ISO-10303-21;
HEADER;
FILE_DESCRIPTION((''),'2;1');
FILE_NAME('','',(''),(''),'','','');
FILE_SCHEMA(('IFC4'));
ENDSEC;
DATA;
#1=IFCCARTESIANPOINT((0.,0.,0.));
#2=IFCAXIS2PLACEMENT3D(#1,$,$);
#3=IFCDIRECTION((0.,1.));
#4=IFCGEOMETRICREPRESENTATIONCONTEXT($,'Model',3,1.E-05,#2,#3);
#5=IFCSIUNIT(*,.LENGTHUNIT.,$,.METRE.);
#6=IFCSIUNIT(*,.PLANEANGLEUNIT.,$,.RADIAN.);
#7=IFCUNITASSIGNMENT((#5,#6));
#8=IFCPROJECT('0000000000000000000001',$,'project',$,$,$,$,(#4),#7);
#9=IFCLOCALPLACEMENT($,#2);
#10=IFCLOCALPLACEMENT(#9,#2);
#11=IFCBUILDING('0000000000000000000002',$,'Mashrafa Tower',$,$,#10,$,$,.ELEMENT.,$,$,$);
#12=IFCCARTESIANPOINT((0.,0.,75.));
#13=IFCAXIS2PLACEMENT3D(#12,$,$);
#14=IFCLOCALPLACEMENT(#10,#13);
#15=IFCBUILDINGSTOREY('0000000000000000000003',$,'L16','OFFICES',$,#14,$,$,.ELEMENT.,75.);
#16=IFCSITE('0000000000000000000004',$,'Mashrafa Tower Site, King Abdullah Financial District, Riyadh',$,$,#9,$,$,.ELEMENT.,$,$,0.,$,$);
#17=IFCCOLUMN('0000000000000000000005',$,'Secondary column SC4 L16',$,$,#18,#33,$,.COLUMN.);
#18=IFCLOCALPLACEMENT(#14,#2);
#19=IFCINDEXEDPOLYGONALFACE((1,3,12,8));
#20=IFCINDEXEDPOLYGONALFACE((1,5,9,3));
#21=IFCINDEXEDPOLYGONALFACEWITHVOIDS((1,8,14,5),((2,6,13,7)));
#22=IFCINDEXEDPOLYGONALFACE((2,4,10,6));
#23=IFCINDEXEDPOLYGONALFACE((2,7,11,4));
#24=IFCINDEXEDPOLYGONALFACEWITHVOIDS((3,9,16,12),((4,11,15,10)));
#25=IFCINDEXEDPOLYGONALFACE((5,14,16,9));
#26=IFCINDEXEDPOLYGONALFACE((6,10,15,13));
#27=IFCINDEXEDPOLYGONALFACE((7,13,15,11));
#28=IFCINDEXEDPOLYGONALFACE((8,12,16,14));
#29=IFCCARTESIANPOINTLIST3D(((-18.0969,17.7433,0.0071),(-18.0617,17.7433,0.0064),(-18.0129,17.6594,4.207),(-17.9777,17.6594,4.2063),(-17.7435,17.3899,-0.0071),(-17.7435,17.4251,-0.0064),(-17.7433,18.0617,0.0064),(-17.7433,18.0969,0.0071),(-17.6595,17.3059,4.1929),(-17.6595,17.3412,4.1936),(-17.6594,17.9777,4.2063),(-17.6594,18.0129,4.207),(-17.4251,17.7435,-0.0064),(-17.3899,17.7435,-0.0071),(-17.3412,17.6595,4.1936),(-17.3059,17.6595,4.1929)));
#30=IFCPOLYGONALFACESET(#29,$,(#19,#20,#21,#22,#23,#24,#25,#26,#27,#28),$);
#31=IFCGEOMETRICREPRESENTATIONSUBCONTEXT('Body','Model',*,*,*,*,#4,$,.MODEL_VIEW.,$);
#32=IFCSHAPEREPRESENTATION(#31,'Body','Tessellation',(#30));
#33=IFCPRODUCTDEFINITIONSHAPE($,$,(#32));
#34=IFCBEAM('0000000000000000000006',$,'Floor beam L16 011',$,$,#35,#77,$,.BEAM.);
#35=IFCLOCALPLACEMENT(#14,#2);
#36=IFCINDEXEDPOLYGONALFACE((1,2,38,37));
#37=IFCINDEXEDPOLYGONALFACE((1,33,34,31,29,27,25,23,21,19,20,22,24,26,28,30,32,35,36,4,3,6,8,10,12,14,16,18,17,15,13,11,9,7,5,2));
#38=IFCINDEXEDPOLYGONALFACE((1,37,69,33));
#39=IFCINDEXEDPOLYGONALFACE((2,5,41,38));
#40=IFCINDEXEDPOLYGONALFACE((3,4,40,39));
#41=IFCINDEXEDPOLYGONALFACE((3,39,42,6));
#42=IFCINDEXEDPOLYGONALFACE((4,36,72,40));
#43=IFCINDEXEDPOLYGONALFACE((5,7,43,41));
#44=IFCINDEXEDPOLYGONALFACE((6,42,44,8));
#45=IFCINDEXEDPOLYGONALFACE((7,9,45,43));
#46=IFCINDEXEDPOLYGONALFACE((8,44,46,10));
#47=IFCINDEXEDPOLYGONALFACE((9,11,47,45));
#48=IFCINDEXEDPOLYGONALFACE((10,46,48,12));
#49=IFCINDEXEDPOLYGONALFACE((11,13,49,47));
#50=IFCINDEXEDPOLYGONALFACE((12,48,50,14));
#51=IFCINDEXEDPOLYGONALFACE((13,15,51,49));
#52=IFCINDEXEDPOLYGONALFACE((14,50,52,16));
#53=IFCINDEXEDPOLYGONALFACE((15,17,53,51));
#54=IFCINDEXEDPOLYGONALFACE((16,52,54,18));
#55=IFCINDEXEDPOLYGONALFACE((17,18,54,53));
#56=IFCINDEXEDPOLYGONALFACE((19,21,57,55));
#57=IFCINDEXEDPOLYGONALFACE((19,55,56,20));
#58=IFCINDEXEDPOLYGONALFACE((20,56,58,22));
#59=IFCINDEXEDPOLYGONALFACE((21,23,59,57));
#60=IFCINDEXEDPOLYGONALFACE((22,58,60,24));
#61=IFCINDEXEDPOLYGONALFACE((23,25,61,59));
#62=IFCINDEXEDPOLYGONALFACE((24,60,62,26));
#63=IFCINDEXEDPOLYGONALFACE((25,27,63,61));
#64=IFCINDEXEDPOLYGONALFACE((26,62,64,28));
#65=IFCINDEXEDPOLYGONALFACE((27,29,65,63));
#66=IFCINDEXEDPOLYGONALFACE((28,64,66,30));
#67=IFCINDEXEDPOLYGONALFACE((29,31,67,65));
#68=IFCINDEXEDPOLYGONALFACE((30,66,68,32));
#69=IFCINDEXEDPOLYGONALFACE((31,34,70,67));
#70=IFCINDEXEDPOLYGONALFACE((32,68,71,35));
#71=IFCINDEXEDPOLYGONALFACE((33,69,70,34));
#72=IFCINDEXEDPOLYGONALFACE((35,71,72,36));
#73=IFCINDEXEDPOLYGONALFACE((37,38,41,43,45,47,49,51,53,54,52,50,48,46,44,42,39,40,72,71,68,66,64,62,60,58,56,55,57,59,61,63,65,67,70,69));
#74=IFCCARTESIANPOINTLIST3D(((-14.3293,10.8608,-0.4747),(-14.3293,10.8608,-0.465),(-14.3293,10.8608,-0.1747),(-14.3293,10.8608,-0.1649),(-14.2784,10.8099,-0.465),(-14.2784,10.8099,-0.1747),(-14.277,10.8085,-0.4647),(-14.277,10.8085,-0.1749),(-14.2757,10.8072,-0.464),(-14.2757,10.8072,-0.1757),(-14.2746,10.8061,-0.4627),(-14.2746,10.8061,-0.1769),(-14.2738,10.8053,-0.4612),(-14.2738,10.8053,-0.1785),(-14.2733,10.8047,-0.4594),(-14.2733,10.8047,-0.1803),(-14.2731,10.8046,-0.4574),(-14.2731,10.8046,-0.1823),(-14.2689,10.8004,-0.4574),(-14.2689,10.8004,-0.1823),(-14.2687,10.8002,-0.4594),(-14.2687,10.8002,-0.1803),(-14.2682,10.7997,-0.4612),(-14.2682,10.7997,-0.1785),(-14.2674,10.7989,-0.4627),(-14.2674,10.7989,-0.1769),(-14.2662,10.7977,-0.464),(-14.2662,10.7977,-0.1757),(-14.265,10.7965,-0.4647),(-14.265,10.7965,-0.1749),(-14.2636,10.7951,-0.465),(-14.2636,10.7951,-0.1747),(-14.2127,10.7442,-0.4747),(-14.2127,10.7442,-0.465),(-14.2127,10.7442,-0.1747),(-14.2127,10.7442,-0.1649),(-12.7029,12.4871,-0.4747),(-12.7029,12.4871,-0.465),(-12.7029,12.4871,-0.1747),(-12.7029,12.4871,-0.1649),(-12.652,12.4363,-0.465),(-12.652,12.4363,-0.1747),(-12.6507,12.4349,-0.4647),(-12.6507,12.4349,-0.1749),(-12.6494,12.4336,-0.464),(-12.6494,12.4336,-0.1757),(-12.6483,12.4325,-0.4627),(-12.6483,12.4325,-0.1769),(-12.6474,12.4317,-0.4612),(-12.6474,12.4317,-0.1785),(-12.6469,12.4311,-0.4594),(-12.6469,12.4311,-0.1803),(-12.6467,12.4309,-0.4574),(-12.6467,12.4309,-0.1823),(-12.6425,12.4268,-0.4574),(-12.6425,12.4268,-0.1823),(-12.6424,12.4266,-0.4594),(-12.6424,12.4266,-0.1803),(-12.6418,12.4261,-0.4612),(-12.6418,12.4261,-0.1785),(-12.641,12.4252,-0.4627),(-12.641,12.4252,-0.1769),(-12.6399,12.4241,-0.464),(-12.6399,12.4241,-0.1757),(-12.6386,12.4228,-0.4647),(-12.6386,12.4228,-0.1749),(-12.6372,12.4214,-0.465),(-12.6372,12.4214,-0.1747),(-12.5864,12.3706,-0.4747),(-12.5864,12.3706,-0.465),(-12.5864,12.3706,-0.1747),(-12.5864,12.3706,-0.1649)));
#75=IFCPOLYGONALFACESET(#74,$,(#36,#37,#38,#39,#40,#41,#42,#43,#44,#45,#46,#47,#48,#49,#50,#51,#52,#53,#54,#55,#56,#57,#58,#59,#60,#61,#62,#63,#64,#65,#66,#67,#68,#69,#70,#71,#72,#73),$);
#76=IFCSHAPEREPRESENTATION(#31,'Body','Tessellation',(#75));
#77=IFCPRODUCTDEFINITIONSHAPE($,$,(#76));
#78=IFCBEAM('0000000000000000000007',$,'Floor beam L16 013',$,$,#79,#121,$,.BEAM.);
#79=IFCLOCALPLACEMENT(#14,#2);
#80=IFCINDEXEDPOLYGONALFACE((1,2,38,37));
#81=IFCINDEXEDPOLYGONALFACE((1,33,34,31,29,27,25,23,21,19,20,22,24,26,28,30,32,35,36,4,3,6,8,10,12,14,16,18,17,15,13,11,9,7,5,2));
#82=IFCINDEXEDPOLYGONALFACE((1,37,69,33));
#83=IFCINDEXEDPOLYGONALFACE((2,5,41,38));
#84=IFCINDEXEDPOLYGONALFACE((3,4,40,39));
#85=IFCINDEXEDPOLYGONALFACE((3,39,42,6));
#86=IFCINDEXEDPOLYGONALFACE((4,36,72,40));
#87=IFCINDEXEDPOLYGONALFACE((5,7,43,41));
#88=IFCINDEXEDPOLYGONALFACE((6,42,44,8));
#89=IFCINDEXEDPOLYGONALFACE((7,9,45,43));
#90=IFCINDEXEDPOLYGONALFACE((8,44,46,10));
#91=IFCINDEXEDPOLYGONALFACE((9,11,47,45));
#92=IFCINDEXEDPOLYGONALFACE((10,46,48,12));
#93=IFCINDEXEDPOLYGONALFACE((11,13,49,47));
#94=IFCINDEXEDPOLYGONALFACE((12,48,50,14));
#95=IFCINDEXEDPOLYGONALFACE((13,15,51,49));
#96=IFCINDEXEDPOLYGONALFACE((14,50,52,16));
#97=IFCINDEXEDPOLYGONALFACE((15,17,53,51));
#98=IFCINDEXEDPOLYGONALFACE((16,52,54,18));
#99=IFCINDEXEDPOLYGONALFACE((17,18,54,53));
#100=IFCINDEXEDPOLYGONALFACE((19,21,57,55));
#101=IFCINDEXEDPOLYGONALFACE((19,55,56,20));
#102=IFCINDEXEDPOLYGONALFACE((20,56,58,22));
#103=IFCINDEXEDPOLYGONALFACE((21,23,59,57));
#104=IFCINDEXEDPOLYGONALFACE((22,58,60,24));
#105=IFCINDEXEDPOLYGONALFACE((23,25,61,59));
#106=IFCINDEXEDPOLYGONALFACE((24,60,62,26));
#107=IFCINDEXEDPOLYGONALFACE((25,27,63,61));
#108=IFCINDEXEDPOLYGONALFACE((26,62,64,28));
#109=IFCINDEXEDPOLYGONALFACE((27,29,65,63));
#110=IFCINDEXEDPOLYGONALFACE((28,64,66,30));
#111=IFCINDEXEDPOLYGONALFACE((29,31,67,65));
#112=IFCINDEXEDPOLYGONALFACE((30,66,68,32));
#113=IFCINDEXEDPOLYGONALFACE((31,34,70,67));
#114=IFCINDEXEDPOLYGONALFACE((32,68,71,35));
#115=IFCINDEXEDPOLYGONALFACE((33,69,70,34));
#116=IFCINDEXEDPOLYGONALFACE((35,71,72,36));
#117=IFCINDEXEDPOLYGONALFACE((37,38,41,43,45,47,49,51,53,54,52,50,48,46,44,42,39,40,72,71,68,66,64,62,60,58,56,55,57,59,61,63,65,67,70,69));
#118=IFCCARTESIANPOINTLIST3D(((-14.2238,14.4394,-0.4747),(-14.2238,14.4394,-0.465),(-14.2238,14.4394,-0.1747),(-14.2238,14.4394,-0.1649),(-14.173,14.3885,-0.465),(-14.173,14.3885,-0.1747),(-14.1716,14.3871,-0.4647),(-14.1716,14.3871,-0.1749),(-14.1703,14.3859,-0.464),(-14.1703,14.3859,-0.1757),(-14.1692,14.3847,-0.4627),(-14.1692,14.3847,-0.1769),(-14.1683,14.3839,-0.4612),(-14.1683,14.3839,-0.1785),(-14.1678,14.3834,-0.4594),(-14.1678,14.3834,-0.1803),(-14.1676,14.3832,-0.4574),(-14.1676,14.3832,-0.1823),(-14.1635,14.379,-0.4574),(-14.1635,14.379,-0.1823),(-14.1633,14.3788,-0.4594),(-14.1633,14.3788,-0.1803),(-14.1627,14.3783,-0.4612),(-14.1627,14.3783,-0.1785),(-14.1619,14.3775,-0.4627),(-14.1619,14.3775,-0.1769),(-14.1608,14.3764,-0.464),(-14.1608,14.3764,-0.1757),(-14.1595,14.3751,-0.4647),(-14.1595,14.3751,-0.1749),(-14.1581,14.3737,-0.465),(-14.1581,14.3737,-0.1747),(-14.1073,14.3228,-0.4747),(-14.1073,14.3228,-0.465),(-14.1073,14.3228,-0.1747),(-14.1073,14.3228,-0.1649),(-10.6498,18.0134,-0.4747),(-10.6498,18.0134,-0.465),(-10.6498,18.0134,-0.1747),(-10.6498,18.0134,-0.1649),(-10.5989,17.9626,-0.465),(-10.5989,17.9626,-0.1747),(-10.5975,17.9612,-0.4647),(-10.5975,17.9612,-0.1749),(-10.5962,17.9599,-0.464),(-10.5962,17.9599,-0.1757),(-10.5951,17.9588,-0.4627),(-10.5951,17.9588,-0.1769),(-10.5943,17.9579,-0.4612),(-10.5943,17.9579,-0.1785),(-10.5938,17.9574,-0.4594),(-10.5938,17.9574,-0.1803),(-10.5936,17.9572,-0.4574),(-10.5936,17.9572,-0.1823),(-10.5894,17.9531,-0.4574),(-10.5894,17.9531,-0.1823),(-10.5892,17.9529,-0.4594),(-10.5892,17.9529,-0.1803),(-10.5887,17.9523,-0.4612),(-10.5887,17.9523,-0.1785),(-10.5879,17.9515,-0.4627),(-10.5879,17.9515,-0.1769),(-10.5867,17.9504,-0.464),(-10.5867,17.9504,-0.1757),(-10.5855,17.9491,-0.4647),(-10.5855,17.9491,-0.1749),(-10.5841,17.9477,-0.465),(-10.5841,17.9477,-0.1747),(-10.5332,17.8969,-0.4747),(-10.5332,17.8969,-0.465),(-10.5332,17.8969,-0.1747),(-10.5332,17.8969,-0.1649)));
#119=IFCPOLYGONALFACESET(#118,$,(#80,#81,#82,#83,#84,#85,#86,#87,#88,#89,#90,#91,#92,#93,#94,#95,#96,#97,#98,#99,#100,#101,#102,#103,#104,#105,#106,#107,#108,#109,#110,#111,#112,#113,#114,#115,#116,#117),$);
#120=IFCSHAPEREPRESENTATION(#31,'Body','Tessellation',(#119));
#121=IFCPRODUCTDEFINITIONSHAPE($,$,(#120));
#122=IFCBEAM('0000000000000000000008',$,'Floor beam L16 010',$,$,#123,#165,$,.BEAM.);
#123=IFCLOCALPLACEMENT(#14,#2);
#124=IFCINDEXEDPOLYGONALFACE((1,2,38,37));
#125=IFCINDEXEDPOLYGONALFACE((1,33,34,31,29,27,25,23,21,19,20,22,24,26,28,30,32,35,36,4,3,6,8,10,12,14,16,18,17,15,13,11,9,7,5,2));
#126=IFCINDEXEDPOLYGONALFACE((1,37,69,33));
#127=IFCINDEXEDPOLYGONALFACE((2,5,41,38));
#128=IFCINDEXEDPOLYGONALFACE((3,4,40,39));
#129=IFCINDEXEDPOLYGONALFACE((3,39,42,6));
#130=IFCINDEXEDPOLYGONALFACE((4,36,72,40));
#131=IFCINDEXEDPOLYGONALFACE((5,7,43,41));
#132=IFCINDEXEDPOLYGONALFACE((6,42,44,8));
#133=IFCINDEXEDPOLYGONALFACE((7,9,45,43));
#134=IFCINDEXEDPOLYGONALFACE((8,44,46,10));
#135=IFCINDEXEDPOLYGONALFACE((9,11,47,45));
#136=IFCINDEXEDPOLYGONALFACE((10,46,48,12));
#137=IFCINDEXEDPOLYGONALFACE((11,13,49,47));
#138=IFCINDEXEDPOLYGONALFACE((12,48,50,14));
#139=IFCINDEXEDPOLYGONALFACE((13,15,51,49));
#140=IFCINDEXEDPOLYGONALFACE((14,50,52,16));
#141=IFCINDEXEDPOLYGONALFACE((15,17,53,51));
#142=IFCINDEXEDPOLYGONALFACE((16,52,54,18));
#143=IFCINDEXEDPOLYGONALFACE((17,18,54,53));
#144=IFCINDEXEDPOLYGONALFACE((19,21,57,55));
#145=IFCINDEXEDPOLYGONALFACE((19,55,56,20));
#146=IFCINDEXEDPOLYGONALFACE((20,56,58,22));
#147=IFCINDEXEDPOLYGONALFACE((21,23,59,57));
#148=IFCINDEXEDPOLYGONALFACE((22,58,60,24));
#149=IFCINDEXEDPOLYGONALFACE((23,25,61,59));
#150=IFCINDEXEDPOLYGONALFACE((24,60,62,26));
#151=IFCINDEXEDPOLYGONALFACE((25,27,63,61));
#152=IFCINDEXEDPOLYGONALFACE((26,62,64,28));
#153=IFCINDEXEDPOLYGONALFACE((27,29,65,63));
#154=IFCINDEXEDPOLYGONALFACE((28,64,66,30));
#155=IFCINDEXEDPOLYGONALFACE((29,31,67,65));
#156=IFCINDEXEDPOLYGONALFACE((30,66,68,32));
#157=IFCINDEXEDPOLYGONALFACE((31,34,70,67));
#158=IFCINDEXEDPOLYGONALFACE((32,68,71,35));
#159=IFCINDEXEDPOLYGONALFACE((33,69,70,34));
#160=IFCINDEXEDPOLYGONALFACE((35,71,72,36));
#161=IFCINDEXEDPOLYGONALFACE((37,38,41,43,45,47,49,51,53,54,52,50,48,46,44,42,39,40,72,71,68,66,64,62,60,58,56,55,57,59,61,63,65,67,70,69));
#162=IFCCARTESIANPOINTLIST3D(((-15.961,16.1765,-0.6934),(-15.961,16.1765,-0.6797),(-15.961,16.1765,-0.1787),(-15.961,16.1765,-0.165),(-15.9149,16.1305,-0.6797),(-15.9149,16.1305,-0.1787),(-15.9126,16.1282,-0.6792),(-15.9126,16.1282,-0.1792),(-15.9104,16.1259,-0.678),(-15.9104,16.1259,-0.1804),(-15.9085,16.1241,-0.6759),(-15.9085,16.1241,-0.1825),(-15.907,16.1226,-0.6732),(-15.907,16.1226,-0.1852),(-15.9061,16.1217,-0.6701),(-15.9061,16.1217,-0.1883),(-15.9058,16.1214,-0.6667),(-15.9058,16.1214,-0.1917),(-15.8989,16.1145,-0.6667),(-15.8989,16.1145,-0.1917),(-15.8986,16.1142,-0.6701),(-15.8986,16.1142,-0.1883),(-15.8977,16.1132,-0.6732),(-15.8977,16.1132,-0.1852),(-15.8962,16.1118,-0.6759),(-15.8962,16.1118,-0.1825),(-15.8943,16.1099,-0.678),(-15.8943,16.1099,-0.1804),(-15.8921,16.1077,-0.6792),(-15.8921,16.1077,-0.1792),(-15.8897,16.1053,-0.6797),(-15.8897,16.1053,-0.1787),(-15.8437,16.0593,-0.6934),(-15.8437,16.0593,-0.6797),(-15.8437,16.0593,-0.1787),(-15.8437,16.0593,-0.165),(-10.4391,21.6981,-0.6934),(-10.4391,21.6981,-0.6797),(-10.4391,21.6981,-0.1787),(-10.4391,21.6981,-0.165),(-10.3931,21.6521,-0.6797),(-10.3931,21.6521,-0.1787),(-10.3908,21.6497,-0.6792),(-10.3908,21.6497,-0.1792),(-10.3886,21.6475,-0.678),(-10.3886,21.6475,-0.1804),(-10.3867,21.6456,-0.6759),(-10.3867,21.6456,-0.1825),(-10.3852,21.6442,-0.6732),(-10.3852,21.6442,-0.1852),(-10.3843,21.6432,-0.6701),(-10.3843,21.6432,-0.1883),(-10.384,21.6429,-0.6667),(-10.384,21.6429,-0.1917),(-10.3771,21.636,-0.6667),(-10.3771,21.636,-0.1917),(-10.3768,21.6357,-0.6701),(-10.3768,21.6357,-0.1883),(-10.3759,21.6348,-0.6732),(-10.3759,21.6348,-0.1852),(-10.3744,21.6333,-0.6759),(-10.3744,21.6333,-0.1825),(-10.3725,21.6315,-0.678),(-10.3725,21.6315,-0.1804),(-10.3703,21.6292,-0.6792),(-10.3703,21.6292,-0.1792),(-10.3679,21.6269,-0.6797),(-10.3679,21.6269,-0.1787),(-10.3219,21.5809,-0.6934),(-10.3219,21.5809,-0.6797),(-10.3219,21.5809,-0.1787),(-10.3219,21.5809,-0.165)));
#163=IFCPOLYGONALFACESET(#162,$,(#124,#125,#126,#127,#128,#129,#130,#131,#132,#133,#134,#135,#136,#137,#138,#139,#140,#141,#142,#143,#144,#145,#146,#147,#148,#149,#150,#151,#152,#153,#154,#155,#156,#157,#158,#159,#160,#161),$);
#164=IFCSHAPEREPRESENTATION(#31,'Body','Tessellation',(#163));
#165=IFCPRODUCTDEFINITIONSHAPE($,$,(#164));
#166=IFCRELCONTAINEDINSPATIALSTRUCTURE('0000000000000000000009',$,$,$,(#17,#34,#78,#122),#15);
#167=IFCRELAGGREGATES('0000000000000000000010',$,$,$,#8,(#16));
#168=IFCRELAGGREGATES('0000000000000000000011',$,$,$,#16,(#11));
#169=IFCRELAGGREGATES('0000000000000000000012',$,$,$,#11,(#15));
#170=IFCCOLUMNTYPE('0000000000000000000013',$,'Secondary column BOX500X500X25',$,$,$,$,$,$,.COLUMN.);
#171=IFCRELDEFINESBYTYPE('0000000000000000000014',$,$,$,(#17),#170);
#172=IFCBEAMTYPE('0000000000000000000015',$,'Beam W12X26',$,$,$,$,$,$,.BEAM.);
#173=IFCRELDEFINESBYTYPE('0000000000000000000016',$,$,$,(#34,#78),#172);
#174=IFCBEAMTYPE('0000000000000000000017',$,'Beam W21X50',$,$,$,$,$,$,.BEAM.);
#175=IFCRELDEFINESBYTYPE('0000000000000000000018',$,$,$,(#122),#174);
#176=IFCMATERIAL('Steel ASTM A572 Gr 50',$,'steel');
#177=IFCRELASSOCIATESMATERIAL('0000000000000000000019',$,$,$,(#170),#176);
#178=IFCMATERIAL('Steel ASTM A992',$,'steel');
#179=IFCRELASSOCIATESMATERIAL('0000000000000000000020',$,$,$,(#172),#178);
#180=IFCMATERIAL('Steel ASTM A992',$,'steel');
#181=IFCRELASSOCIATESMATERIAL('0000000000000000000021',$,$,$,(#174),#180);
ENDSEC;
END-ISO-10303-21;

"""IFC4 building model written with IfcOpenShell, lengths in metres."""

from ifc_helpers import new_model, si_unit, direction, frame, origin, origin_2d, place, context, subcontext, project, spatial, hollow_rectangle, i_section, extrude, material, material_profile, profile_set, type_object, element, save


model = new_model("IFC4")

# Units and contexts
model_context = context("Model", 3, precision=1e-05, world=origin(), true_north=direction((0.0, 1.0)))
body_context = subcontext(model_context, "Body", "Model", "MODEL_VIEW")
ifc_project = project(units=[si_unit("LENGTHUNIT", "METRE"), si_unit("PLANEANGLEUNIT", "RADIAN")], contexts=[model_context])

# Site, building, storey
site_placement = place(None, origin())
site = spatial("IfcSite", under=ifc_project, at=site_placement, Name="Mashrafa Tower Site, King Abdullah Financial District, Riyadh", CompositionType="ELEMENT", RefElevation=0.0)
building_placement = place(site_placement, origin())
building = spatial("IfcBuilding", under=site, at=building_placement, Name="Mashrafa Tower", CompositionType="ELEMENT")
storey_placement = place(building_placement, frame((0.0, 0.0, 75.0)))
storey = spatial("IfcBuildingStorey", under=building, at=storey_placement, Name="L16", Description="OFFICES", CompositionType="ELEMENT", Elevation=75.0)

# Column
ifc_material_1 = material(Name="Steel ASTM A572 Gr 50", Category="steel")
ifc_material_profile_1 = material_profile(ifc_material_1, hollow_rectangle(XDim=0.5, YDim=0.5, WallThickness=0.0249, at=origin_2d()), Name="BOX500X500X25")
ifc_profile_set_1 = profile_set([ifc_material_profile_1], Name="Steel ASTM A572 Gr 50")
column_type = type_object("IfcColumnType", Name="Secondary column BOX500X500X25", PredefinedType="COLUMN", material=ifc_profile_set_1)
column_placement = place(storey_placement, frame((-17.7434, 17.7434, 0.0), z_axis=(0.019989, -0.019989, 0.9996), x_axis=(0.707107, 0.707107, 0.0)))
element("IfcColumn", 1, at=column_placement, inside=storey, type_object=column_type, Name="Secondary column SC4 L16", PredefinedType="COLUMN", context=body_context, shape_type="SweptSolid", body=[
    extrude(hollow_rectangle(XDim=0.5, YDim=0.5, WallThickness=0.0249, at=origin_2d()), origin(), (0.0, 0.0, 1.0), 4.2017),
])

# Beams
ifc_material_2 = material(Name="Steel ASTM A992", Category="steel")
ifc_material_profile_2 = material_profile(ifc_material_2, i_section(OverallWidth=0.1648, OverallDepth=0.3098, WebThickness=0.0059, FlangeThickness=0.0098, FilletRadius=0.0076, at=origin_2d()), Name="W12X26")
ifc_profile_set_2 = profile_set([ifc_material_profile_2], Name="Steel ASTM A992")
beam_type_1 = type_object("IfcBeamType", Name="Beam W12X26", PredefinedType="BEAM", material=ifc_profile_set_2)
beam_1_placement = place(storey_placement, frame((-14.271, 10.8025, -0.3198), z_axis=(0.707107, 0.707107, 0.0), x_axis=(-0.707107, 0.707107, 0.0)))
element("IfcBeam", 2, at=beam_1_placement, inside=storey, type_object=beam_type_1, Name="Floor beam L16 011", PredefinedType="BEAM", context=body_context, shape_type="SweptSolid", body=[
    extrude(i_section(OverallWidth=0.1648, OverallDepth=0.3098, WebThickness=0.0059, FlangeThickness=0.0098, FilletRadius=0.0076, at=origin_2d()), origin(), (0.0, 0.0, 1.0), 2.3),
])
beam_2_placement = place(storey_placement, frame((-14.1655, 14.3811, -0.3198), z_axis=(0.707107, 0.707107, 0.0), x_axis=(-0.707107, 0.707107, 0.0)))
element("IfcBeam", 3, at=beam_2_placement, inside=storey, type_object=beam_type_1, Name="Floor beam L16 013", PredefinedType="BEAM", context=body_context, shape_type="SweptSolid", body=[
    extrude(i_section(OverallWidth=0.1648, OverallDepth=0.3098, WebThickness=0.0059, FlangeThickness=0.0098, FilletRadius=0.0076, at=origin_2d()), origin(), (0.0, 0.0, 1.0), 5.0544),
])
ifc_material_3 = material(Name="Steel ASTM A992", Category="steel")
ifc_material_profile_3 = material_profile(ifc_material_3, i_section(OverallWidth=0.1658, OverallDepth=0.5283, WebThickness=0.0098, FlangeThickness=0.0137, FilletRadius=0.0129, at=origin_2d()), Name="W21X50")
ifc_profile_set_3 = profile_set([ifc_material_profile_3], Name="Steel ASTM A992")
beam_type_2 = type_object("IfcBeamType", Name="Beam W21X50", PredefinedType="BEAM", material=ifc_profile_set_3)
beam_3_placement = place(storey_placement, frame((-15.9023, 16.1179, -0.4292), z_axis=(0.707122, 0.707091, 0.0), x_axis=(-0.707091, 0.707122, 0.0)))
element("IfcBeam", 4, at=beam_3_placement, inside=storey, type_object=beam_type_2, Name="Floor beam L16 010", PredefinedType="BEAM", context=body_context, shape_type="SweptSolid", body=[
    extrude(i_section(OverallWidth=0.1658, OverallDepth=0.5283, WebThickness=0.0098, FlangeThickness=0.0137, FilletRadius=0.0129, at=origin_2d()), origin(), (0.0, 0.0, 1.0), 7.8088),
])

save(model, "model.ifc")
